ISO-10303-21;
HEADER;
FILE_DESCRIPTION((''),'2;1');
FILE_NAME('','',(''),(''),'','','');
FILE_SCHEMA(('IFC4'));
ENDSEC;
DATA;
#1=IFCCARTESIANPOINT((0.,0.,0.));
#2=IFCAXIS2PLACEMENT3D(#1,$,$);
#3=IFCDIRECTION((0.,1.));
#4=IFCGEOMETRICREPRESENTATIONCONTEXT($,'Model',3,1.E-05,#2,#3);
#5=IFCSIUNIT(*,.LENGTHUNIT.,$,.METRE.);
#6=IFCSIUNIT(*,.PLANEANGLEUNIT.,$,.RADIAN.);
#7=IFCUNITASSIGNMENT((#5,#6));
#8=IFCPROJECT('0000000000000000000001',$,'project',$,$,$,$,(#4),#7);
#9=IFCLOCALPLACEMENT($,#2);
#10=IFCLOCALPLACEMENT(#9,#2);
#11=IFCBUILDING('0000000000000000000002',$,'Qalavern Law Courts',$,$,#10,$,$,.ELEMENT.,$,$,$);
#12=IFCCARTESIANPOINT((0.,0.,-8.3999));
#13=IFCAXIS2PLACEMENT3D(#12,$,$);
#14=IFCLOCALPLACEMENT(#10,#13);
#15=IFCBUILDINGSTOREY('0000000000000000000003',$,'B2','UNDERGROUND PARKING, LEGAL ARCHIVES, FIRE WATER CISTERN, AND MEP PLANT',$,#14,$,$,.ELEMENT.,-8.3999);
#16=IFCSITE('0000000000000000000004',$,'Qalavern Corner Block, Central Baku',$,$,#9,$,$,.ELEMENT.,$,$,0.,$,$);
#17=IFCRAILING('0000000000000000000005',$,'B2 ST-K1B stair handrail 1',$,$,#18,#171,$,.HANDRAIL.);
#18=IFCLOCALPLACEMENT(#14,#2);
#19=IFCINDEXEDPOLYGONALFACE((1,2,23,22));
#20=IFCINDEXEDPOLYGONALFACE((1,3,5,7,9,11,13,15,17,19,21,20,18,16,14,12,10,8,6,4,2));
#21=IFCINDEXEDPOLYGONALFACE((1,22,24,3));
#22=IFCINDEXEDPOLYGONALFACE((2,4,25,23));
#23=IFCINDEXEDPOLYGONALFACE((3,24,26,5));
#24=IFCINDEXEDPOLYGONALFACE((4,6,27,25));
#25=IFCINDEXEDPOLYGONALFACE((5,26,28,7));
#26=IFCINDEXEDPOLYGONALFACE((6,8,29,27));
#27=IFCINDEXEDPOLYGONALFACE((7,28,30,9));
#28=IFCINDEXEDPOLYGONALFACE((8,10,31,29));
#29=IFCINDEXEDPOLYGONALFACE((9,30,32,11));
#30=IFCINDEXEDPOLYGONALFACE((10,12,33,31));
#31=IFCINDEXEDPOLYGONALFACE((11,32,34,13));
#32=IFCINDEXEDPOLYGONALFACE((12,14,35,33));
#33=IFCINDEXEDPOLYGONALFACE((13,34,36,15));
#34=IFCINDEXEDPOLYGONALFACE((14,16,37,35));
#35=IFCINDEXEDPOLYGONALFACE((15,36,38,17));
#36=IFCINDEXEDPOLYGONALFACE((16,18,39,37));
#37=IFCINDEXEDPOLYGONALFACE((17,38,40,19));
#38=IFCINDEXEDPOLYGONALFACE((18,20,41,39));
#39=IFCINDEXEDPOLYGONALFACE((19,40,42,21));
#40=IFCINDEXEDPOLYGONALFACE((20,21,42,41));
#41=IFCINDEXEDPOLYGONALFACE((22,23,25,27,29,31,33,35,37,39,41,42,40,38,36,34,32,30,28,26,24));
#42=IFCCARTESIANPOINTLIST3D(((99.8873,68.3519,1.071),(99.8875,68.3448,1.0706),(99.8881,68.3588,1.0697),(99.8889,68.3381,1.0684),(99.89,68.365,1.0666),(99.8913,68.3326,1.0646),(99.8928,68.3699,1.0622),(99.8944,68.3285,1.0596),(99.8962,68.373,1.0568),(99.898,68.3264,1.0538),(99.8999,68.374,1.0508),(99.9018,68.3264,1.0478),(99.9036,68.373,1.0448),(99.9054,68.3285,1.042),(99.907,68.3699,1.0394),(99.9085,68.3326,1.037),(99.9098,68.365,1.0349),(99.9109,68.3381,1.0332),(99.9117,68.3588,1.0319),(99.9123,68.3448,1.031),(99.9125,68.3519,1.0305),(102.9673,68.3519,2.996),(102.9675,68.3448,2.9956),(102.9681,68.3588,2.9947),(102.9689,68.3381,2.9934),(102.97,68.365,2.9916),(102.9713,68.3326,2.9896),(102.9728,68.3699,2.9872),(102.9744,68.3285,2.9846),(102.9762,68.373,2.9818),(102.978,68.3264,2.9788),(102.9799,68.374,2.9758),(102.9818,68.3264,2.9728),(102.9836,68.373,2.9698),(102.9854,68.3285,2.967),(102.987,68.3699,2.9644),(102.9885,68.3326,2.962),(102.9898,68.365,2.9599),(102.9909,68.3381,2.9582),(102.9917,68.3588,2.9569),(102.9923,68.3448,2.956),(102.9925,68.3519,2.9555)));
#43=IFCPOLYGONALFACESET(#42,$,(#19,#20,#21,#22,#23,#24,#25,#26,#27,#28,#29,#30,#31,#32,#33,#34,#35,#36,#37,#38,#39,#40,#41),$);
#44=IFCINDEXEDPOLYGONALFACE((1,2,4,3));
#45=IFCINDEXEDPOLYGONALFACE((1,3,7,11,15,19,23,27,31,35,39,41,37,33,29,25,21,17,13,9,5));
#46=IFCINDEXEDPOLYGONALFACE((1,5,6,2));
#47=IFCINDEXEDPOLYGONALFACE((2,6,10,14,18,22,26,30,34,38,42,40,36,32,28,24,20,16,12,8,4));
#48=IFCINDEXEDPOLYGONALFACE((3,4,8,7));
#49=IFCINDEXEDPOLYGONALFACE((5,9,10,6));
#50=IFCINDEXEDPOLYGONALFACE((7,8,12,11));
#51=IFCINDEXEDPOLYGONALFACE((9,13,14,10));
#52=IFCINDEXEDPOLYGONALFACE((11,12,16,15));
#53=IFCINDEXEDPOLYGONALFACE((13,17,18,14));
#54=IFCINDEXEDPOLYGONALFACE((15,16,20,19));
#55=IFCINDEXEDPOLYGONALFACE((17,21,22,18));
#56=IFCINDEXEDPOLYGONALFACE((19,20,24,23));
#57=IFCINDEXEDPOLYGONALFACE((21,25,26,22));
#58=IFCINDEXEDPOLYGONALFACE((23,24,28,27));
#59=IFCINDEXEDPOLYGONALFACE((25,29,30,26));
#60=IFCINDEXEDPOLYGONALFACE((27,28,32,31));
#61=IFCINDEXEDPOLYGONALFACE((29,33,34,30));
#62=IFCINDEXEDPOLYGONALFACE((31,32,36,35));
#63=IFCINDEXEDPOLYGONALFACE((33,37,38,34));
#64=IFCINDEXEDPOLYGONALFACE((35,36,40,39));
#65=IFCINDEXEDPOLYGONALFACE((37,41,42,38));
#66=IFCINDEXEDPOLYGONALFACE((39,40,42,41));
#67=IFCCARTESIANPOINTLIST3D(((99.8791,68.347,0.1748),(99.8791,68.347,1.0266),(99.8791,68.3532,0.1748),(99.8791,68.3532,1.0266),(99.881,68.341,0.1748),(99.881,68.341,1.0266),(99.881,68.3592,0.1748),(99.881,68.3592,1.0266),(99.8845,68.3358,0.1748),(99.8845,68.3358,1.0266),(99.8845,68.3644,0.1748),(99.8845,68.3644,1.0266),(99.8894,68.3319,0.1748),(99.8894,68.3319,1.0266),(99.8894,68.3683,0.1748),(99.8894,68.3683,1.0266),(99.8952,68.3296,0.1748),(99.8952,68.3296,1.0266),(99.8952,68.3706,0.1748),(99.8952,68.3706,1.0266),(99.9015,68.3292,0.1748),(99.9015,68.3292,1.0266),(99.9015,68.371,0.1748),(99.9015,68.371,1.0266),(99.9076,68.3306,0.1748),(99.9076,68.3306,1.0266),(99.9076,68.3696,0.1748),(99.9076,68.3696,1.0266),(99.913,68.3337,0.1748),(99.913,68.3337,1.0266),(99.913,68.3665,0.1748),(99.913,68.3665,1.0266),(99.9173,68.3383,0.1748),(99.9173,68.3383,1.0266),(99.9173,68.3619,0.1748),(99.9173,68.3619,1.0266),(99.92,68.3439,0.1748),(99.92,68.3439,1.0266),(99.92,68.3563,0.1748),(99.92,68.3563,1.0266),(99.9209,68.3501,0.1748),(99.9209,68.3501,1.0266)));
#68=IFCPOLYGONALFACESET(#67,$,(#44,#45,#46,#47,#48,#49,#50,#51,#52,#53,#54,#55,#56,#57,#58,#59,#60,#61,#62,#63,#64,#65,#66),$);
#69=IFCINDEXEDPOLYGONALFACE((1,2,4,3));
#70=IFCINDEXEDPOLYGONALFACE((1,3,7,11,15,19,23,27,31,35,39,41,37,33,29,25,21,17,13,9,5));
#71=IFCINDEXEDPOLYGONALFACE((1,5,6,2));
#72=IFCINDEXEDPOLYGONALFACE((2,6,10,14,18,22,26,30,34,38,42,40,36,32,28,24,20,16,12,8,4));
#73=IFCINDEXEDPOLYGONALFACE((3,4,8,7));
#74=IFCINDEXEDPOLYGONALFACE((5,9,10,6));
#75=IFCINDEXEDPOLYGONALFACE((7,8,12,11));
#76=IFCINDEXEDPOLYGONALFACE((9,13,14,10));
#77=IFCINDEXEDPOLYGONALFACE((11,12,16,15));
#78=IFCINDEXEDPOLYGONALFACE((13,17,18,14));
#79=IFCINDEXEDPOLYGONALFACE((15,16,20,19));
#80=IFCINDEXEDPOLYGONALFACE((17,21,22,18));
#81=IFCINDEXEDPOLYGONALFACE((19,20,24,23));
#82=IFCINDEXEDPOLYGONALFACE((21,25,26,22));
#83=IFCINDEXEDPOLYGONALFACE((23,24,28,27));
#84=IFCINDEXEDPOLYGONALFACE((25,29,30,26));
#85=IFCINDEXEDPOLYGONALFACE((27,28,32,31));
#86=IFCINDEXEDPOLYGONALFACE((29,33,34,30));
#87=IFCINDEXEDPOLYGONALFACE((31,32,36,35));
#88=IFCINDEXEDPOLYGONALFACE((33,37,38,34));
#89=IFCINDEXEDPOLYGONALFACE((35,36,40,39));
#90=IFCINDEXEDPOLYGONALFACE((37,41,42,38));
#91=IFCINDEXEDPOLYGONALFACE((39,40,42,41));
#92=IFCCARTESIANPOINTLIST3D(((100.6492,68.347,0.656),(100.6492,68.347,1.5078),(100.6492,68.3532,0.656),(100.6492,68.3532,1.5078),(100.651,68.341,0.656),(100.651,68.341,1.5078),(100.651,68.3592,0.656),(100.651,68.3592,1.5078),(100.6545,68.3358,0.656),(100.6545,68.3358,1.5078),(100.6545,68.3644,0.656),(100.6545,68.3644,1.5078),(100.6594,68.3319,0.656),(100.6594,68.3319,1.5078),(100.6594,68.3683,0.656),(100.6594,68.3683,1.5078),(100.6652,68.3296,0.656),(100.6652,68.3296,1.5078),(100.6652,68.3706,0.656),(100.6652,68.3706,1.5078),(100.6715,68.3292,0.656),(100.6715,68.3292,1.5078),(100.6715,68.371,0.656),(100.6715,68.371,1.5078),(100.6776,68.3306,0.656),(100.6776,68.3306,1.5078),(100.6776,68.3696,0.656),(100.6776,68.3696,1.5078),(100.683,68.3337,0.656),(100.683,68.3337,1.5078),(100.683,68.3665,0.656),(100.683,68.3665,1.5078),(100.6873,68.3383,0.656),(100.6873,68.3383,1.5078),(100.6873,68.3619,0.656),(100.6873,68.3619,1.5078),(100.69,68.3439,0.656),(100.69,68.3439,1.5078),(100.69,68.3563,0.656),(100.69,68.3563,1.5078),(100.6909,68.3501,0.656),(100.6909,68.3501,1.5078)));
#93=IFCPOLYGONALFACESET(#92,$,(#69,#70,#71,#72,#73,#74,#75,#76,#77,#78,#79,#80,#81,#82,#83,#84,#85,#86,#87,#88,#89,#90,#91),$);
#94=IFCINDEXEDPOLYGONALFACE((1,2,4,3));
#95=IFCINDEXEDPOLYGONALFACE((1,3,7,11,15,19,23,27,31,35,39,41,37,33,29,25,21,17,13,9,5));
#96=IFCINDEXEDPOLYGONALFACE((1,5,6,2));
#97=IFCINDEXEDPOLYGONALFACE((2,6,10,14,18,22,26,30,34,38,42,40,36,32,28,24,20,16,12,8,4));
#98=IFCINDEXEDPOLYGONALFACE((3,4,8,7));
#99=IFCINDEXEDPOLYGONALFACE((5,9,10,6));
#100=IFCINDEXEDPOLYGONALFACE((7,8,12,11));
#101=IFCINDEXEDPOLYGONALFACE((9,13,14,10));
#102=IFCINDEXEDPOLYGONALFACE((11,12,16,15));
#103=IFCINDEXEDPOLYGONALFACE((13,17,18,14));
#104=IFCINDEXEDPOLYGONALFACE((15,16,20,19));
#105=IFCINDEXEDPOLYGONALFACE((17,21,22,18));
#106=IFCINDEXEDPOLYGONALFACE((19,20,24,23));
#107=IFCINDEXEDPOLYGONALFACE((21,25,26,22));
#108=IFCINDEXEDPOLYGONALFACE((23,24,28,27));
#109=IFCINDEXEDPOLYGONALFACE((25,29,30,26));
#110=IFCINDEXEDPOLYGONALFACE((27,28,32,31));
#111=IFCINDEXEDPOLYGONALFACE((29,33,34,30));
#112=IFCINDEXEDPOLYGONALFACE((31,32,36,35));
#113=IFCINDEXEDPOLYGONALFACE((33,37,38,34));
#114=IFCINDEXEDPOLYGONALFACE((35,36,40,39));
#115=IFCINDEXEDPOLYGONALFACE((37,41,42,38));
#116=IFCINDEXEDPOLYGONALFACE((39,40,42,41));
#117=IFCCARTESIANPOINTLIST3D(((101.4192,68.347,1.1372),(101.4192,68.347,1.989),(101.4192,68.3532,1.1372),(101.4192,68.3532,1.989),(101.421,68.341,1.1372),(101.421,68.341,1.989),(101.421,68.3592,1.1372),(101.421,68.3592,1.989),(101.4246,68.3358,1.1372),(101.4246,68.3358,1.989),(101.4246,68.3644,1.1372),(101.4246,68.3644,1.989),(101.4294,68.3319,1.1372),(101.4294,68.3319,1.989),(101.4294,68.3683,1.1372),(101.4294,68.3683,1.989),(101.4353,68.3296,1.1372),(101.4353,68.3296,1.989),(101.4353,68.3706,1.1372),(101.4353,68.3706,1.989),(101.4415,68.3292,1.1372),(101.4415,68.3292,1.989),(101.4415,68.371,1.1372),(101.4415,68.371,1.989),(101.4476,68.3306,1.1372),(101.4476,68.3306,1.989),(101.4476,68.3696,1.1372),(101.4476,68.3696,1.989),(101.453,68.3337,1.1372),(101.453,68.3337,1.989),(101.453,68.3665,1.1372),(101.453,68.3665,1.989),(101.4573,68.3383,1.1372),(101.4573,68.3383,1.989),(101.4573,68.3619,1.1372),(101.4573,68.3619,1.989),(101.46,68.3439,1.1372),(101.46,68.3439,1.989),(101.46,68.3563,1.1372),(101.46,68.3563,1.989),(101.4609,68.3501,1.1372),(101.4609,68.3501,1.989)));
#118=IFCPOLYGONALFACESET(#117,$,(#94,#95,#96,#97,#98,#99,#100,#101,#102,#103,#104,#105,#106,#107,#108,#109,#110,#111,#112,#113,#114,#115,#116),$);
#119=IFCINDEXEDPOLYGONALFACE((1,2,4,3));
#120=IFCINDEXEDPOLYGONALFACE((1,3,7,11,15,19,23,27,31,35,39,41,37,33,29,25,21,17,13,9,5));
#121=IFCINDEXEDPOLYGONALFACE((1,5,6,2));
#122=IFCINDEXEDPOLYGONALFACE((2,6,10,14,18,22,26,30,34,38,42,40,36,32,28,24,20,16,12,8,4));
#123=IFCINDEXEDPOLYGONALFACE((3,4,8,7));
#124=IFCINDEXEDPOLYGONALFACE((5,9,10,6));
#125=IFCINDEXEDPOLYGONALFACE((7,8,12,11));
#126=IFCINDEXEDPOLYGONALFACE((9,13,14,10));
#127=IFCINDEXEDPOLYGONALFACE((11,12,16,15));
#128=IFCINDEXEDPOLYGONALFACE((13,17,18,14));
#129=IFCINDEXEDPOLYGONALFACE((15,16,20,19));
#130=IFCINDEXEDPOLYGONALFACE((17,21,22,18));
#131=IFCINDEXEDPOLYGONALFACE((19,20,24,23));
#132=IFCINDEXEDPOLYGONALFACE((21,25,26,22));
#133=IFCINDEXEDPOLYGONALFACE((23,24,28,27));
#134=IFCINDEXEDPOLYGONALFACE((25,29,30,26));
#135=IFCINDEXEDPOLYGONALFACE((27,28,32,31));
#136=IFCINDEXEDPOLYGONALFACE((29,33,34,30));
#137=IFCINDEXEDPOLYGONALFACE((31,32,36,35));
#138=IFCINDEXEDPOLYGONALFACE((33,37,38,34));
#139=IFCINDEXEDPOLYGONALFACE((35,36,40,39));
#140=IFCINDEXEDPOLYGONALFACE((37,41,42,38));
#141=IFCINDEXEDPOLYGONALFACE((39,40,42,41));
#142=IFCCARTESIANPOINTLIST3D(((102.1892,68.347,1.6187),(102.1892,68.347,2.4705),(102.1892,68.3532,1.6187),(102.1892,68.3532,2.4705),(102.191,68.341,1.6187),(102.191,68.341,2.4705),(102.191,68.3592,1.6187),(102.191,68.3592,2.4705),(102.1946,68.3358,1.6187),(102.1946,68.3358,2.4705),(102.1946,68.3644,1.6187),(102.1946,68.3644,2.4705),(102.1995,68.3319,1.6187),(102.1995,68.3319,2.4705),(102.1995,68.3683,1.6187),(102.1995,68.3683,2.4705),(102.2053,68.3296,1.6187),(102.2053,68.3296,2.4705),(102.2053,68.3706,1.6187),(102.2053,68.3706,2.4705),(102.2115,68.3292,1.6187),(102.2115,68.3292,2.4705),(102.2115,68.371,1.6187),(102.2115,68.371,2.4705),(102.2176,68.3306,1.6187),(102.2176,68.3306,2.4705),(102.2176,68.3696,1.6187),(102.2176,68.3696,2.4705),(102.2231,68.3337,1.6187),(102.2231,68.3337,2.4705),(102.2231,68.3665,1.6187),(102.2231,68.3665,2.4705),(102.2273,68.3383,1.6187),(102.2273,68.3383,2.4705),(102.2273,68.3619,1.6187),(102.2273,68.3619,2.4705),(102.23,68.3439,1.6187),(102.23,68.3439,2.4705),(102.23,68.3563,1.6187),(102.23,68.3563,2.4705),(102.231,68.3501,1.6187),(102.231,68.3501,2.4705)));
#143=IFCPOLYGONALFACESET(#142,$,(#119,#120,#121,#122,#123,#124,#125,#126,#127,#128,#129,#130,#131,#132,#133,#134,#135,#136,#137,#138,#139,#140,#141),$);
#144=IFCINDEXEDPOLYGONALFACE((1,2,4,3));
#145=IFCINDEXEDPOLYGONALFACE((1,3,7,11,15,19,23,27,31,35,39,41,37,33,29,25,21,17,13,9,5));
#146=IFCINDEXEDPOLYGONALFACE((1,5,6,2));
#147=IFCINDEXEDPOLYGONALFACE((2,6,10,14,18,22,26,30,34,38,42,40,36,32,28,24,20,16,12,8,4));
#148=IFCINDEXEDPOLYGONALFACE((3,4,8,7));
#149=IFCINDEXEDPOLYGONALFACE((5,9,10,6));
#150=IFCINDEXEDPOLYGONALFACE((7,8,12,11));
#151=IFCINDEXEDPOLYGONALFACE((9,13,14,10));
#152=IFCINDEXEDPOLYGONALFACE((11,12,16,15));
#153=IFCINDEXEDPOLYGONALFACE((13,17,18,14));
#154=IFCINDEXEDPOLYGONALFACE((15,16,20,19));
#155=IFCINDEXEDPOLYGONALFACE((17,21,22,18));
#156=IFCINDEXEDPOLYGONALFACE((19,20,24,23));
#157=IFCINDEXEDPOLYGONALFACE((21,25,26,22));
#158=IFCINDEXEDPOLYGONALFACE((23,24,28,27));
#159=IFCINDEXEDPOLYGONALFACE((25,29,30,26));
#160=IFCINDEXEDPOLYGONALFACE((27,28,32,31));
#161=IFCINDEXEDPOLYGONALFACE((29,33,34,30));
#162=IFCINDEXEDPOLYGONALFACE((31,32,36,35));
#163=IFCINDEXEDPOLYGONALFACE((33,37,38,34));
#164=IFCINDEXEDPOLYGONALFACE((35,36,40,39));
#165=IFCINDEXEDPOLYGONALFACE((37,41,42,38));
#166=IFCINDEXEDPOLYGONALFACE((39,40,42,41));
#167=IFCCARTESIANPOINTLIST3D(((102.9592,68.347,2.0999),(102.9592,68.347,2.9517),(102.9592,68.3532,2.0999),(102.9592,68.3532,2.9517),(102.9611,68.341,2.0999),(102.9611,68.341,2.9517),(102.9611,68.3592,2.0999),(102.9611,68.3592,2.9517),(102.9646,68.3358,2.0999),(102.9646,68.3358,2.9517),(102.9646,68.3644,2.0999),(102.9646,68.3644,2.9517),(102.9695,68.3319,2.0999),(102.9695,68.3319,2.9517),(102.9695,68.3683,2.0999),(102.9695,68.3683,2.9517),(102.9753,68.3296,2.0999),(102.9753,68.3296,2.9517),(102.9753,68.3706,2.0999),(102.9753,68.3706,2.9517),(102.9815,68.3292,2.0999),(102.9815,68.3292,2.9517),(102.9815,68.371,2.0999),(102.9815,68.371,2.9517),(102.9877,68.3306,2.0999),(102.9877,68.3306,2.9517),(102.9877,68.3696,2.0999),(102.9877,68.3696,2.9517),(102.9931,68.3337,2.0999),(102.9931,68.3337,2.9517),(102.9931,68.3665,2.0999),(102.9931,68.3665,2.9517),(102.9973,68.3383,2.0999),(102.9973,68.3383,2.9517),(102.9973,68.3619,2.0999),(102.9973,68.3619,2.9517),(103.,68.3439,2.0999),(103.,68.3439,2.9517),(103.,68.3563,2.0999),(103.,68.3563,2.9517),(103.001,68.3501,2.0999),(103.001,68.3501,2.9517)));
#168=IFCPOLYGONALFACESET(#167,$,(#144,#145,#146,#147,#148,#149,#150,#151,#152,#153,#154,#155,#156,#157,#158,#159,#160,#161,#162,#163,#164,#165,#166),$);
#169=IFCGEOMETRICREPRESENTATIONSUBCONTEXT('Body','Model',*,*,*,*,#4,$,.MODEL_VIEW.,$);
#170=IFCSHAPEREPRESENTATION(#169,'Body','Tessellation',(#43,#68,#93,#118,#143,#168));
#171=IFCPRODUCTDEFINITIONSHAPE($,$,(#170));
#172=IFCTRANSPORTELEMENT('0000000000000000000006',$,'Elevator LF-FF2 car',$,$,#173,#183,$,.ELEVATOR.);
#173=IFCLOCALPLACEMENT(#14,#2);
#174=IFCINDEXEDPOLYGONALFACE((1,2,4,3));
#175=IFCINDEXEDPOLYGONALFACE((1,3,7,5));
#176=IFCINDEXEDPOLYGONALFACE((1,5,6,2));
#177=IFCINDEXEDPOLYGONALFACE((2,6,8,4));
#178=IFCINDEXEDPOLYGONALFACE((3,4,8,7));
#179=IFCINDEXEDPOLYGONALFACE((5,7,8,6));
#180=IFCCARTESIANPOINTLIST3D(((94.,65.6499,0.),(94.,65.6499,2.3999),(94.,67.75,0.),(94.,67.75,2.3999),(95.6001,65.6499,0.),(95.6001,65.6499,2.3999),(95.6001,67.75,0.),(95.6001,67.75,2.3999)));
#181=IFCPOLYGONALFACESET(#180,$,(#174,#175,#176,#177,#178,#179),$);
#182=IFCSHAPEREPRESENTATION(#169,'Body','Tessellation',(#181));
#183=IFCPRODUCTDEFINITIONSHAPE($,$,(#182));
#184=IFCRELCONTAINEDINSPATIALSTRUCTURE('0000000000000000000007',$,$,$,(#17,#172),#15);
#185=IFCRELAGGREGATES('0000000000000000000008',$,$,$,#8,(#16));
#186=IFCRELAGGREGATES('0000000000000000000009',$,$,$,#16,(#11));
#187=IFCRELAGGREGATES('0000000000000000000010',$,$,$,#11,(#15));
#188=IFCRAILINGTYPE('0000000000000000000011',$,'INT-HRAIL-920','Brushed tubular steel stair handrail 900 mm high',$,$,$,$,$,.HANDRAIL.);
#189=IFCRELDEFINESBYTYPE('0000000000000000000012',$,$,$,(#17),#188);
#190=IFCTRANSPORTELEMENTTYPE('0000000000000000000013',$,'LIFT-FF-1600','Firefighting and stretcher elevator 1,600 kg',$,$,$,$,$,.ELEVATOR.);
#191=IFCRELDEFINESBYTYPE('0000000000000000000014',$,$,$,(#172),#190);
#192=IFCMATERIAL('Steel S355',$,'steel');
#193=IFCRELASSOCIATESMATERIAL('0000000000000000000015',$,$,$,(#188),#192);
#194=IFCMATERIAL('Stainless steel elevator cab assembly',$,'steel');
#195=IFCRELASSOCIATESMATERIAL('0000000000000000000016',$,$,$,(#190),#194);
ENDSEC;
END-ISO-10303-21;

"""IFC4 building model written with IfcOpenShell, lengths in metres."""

from ifc_helpers import new_model, si_unit, direction, frame, origin, origin_2d, place, context, subcontext, project, spatial, rectangle, circle, extrude, material, type_object, element, save


model = new_model("IFC4")

# Units and contexts
model_context = context("Model", 3, precision=1e-05, world=origin(), true_north=direction((0.0, 1.0)))
body_context = subcontext(model_context, "Body", "Model", "MODEL_VIEW")
ifc_project = project(units=[si_unit("LENGTHUNIT", "METRE"), si_unit("PLANEANGLEUNIT", "RADIAN")], contexts=[model_context])

# Site, building, storey
site_placement = place(None, origin())
site = spatial("IfcSite", under=ifc_project, at=site_placement, Name="Qalavern Corner Block, Central Baku", CompositionType="ELEMENT", RefElevation=0.0)
building_placement = place(site_placement, origin())
building = spatial("IfcBuilding", under=site, at=building_placement, Name="Qalavern Law Courts", CompositionType="ELEMENT")
storey_placement = place(building_placement, frame((0.0, 0.0, -8.3999)))
storey = spatial("IfcBuildingStorey", under=building, at=storey_placement, Name="B2", Description="UNDERGROUND PARKING, LEGAL ARCHIVES, FIRE WATER CISTERN, AND MEP PLANT", CompositionType="ELEMENT", Elevation=-8.3999)

# Railing
ifc_material_1 = material(Name="Steel S355", Category="steel")
railing_type = type_object("IfcRailingType", Name="INT-HRAIL-920", Description="Brushed tubular steel stair handrail 900 mm high", PredefinedType="HANDRAIL", material=ifc_material_1)
railing_placement = place(storey_placement, frame((99.8999, 68.3501, 0.1748)))
element("IfcRailing", 1, at=railing_placement, inside=storey, type_object=railing_type, Name="B2 ST-K1B stair handrail 1", PredefinedType="HANDRAIL", context=body_context, shape_type="SweptSolid", body=[
    extrude(circle(Radius=0.0239, at=origin_2d()), frame((0.0, 0.0, 0.876), z_axis=(0.847998, 0.0, 0.529999), x_axis=(0.0, 1.0, 0.0)), (0.0, 0.0, 1.0), 3.6321),
    extrude(circle(Radius=0.021, at=origin_2d()), origin(), (0.0, 0.0, 1.0), 0.8518),
    extrude(circle(Radius=0.021, at=origin_2d()), frame((0.77, 0.0, 0.4812)), (0.0, 0.0, 1.0), 0.8518),
    extrude(circle(Radius=0.021, at=origin_2d()), frame((1.54, 0.0, 0.9624)), (0.0, 0.0, 1.0), 0.8518),
    extrude(circle(Radius=0.021, at=origin_2d()), frame((2.3101, 0.0, 1.4438)), (0.0, 0.0, 1.0), 0.8518),
    extrude(circle(Radius=0.021, at=origin_2d()), frame((3.0801, 0.0, 1.925)), (0.0, 0.0, 1.0), 0.8518),
])

# Transport element
ifc_material_2 = material(Name="Stainless steel elevator cab assembly", Category="steel")
transport_element_type = type_object("IfcTransportElementType", Name="LIFT-FF-1600", Description="Firefighting and stretcher elevator 1,600 kg", PredefinedType="ELEVATOR", material=ifc_material_2)
transport_element_placement = place(storey_placement, frame((94.8, 66.7, 0.0), z_axis=(0.0, 0.0, 1.0), x_axis=(1.0, 0.0, 0.0)))
element("IfcTransportElement", 2, at=transport_element_placement, inside=storey, type_object=transport_element_type, Name="Elevator LF-FF2 car", PredefinedType="ELEVATOR", context=body_context, shape_type="SweptSolid", body=[
    extrude(rectangle(XDim=1.6001, YDim=2.1001, at=origin_2d()), origin(), (0.0, 0.0, 1.0), 2.3999),
])

save(model, "model.ifc")
